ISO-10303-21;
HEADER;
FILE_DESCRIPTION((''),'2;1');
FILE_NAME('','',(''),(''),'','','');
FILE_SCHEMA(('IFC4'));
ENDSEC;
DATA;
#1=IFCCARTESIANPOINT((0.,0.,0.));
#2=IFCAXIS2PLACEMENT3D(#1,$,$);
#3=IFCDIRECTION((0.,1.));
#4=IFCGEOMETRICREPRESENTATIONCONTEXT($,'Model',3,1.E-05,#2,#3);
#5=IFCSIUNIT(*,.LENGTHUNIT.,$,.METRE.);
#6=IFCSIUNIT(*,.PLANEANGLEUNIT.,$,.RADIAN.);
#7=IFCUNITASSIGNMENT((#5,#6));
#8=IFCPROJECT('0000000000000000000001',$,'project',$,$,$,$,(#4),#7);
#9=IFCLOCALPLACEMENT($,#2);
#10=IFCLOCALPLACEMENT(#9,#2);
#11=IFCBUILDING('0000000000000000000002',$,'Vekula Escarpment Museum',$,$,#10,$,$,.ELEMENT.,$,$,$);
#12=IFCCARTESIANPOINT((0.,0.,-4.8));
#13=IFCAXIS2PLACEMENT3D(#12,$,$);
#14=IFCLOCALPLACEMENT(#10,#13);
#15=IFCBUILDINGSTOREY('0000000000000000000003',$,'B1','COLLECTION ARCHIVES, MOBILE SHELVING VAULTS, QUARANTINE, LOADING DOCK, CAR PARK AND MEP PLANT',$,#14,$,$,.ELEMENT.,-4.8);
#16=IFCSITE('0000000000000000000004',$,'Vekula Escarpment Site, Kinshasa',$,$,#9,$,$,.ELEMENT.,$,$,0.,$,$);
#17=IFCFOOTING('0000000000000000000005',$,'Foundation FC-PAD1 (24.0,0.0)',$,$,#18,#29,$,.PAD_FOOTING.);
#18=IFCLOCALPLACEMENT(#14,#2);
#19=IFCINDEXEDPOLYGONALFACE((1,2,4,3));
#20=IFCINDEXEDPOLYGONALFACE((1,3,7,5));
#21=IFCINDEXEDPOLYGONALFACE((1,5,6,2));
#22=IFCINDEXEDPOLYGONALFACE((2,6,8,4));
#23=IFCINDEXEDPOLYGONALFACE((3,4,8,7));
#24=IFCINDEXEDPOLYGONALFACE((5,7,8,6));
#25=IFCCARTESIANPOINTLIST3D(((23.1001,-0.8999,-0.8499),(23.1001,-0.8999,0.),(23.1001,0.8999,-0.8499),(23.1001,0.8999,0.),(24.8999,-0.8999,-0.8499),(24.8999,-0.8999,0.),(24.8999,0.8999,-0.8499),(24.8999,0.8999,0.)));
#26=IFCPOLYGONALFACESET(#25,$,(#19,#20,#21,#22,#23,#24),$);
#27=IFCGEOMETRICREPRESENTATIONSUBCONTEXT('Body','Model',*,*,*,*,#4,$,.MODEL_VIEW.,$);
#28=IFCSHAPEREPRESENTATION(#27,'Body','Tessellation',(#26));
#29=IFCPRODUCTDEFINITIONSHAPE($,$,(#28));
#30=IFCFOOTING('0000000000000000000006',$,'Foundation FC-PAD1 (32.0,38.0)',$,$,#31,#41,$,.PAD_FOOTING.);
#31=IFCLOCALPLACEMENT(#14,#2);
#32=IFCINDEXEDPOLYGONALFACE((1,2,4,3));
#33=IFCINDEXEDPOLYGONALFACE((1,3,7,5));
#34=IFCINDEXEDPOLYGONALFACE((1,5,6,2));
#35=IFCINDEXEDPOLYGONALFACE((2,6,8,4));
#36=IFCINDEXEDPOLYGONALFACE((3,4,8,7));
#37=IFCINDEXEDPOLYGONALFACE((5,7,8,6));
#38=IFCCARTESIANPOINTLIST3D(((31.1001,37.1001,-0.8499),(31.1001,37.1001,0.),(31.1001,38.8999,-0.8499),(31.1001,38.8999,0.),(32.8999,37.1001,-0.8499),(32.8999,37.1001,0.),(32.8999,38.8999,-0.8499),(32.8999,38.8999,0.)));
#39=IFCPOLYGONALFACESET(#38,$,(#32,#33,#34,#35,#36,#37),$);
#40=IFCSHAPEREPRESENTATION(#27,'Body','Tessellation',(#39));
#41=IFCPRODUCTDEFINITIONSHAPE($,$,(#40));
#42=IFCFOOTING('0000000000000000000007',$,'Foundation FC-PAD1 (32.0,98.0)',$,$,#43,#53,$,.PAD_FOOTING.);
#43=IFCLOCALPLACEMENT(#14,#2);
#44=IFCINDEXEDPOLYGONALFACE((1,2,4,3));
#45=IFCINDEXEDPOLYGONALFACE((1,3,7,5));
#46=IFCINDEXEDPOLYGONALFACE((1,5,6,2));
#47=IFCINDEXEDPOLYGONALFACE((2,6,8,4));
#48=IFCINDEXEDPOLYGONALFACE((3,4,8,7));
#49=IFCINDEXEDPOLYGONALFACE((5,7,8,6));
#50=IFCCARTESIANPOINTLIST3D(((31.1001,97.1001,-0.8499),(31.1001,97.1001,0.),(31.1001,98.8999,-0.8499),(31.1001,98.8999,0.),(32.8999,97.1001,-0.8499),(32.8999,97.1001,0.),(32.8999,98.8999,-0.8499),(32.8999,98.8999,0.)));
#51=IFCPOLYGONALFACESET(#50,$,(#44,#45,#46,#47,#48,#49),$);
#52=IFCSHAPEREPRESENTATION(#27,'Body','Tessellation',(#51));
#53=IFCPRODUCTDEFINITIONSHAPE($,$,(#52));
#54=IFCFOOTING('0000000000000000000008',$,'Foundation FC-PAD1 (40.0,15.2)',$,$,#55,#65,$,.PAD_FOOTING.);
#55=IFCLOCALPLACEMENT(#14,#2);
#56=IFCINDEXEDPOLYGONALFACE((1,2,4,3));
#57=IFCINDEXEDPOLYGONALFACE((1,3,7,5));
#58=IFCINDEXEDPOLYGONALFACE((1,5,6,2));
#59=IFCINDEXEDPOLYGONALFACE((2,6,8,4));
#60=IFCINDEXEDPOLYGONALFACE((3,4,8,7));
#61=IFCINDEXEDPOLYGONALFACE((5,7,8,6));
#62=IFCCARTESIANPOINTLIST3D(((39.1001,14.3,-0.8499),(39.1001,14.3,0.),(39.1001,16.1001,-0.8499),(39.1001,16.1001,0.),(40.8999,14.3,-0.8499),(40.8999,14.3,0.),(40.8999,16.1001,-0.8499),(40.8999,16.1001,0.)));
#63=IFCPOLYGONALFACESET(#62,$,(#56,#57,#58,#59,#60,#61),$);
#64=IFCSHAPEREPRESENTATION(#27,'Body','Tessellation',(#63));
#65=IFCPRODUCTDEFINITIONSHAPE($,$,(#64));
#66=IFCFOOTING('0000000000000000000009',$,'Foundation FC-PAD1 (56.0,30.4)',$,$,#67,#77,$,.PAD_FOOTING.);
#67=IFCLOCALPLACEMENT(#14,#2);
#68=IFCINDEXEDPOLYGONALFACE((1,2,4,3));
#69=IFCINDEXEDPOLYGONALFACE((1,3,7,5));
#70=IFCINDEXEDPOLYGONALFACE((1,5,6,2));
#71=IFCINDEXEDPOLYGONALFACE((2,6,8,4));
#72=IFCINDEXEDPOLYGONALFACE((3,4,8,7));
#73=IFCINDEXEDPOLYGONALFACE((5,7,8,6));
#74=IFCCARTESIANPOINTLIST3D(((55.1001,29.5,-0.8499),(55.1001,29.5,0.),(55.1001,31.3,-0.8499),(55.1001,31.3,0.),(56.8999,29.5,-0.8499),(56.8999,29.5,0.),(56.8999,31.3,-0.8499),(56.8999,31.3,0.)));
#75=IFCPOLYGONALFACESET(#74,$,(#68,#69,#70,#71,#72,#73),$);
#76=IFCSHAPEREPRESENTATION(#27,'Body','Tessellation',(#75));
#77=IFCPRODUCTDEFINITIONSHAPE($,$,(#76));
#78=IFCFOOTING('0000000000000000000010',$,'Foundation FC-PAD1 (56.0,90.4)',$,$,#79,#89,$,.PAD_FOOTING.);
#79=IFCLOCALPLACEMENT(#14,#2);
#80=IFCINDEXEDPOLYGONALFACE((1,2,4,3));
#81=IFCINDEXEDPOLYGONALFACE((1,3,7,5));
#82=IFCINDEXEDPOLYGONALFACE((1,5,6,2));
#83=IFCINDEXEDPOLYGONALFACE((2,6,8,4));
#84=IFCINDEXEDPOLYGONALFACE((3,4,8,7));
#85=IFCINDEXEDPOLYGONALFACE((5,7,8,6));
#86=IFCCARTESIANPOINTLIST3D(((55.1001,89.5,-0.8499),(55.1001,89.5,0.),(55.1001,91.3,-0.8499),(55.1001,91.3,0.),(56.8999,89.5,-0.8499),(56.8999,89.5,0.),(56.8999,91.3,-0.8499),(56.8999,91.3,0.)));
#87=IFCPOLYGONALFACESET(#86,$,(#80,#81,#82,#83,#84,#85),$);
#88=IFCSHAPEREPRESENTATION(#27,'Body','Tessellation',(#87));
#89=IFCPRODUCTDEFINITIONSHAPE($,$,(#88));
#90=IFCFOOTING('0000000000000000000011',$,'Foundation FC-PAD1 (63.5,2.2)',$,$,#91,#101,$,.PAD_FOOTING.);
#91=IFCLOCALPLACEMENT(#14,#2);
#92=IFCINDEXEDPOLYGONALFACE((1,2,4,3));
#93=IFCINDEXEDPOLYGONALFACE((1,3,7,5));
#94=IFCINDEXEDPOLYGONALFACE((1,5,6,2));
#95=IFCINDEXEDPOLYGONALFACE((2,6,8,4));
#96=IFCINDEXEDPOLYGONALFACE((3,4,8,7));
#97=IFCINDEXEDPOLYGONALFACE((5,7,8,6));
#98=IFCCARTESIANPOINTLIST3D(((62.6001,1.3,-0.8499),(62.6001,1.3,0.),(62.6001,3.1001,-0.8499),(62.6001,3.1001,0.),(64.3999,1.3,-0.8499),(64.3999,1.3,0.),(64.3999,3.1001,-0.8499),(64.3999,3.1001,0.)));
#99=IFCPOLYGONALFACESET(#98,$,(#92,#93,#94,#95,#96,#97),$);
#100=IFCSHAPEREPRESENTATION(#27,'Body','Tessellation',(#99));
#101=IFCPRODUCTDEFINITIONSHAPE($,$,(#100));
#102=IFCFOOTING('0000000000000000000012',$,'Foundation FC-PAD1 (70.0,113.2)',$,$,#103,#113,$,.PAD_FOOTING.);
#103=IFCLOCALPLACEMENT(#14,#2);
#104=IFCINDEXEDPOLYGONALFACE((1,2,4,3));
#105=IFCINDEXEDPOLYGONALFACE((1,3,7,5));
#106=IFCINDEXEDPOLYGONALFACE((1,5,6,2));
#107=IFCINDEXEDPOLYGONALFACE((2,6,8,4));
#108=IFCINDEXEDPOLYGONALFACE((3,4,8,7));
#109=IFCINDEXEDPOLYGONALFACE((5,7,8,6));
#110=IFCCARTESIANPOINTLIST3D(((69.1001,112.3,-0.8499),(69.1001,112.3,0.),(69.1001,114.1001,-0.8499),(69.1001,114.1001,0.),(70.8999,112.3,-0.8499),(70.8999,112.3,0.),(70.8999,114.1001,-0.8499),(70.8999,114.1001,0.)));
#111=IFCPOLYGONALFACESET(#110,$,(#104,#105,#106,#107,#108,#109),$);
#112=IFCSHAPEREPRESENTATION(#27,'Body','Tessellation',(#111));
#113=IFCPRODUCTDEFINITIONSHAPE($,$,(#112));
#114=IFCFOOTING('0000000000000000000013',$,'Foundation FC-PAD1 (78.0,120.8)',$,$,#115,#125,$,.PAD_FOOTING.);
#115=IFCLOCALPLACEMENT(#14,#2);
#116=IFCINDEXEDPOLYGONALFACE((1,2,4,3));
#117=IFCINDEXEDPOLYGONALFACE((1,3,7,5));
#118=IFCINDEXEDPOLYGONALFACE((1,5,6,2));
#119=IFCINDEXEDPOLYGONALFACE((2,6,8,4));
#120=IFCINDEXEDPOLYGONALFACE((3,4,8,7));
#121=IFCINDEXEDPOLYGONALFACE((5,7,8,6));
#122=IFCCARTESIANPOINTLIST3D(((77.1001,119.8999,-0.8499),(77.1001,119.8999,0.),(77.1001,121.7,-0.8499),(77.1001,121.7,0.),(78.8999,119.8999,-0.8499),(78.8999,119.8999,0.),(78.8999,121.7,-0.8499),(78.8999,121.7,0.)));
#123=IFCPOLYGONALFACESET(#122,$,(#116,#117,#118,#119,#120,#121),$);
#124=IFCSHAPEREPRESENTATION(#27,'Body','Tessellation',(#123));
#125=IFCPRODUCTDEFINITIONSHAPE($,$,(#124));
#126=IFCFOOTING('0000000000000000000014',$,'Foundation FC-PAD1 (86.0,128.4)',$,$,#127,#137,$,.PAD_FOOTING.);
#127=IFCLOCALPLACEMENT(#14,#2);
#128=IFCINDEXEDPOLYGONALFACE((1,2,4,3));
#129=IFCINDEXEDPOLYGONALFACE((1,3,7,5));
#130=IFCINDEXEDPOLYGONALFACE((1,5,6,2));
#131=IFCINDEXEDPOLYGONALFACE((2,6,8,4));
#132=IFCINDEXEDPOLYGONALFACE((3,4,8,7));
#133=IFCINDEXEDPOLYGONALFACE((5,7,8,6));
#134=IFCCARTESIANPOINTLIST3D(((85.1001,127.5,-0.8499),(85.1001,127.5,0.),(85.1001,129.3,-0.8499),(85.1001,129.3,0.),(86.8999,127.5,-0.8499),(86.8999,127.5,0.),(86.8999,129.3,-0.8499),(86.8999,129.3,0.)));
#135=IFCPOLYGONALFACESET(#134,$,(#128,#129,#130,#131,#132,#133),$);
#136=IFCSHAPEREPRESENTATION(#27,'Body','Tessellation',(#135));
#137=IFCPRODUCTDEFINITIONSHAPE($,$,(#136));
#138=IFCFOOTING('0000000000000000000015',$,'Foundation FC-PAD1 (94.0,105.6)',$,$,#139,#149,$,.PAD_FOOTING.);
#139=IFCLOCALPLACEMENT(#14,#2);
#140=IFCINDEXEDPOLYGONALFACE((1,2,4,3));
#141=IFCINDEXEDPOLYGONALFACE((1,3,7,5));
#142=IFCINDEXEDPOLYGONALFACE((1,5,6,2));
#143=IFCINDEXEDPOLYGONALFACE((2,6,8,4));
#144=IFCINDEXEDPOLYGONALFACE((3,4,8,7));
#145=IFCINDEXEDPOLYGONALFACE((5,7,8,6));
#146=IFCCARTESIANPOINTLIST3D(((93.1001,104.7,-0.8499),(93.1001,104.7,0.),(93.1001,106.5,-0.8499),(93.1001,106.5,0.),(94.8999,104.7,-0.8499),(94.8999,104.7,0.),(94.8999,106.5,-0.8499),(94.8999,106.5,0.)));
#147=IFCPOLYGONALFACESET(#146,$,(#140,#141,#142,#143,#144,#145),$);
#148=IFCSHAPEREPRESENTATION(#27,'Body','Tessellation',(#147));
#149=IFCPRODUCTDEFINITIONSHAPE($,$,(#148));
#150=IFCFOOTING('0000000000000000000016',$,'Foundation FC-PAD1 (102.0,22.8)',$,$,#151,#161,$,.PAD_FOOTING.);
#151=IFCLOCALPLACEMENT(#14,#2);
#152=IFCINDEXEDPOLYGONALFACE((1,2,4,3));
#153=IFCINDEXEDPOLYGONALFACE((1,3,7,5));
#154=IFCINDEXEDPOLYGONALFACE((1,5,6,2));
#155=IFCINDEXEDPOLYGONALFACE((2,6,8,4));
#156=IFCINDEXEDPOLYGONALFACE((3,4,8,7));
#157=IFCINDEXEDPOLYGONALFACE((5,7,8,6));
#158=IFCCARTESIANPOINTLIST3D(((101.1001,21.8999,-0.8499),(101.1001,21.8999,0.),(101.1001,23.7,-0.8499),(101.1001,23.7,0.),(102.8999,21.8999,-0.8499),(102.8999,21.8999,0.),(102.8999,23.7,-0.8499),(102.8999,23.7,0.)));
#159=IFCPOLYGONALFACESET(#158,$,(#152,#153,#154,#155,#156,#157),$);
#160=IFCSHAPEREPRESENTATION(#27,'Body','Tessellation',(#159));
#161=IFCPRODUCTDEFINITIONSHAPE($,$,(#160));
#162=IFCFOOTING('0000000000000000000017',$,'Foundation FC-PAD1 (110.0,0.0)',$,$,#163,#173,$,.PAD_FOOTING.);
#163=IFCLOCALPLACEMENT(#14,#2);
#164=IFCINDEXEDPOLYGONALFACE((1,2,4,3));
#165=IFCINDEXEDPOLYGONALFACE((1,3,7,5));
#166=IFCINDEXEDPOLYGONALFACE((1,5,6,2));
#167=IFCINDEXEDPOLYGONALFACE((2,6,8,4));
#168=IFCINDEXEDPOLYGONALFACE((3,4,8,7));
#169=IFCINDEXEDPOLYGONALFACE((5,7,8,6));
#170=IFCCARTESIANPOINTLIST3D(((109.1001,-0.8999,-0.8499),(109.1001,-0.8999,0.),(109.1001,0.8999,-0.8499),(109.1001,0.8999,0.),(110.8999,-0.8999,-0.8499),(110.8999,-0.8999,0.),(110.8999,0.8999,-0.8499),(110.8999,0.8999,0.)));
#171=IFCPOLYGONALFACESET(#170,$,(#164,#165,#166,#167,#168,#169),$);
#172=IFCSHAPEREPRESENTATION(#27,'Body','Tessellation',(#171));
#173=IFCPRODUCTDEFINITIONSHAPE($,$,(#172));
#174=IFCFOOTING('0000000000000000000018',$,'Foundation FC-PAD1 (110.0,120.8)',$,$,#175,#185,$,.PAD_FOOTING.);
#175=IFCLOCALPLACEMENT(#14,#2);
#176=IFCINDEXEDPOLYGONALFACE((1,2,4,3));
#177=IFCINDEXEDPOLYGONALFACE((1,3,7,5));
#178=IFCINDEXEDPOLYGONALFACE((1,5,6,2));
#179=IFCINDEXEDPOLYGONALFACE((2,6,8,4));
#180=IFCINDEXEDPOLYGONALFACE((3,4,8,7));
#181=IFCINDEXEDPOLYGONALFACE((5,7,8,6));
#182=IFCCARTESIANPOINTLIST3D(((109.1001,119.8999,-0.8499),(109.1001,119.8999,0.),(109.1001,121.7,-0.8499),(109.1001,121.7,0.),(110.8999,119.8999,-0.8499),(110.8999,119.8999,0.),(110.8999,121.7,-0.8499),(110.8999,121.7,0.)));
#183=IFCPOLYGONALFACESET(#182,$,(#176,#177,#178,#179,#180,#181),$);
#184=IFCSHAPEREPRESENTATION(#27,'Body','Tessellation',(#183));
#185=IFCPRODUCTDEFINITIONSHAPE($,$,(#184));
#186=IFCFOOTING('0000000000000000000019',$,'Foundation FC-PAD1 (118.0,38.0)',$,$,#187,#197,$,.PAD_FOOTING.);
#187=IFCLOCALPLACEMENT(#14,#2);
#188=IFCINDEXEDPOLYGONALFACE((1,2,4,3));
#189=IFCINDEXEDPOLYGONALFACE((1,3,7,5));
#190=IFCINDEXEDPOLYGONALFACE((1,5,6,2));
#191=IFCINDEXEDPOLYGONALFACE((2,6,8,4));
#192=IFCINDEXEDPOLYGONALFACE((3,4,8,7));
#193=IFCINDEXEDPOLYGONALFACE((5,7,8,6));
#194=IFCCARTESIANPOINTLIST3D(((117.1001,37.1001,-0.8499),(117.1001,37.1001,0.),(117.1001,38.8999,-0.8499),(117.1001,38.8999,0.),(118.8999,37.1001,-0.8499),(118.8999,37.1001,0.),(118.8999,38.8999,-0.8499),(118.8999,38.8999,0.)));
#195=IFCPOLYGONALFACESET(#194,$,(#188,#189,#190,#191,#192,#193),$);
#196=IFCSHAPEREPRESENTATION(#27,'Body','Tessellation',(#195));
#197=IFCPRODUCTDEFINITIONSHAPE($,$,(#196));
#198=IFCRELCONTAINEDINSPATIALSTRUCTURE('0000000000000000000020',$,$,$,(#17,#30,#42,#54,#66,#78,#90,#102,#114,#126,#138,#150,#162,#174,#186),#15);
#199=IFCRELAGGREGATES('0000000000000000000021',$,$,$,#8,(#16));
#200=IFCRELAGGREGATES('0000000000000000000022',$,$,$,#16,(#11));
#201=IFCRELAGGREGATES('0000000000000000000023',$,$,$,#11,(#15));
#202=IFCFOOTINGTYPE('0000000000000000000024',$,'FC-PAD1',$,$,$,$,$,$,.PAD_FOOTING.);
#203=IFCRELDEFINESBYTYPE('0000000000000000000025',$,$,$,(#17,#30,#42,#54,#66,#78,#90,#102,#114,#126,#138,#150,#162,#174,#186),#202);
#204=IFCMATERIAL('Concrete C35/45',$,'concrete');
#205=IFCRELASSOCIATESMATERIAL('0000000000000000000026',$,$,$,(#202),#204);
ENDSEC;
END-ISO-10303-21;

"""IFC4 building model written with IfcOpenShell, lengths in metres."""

from ifc_helpers import new_model, si_unit, direction, frame, origin, place, context, subcontext, project, spatial, polyline, outline, extrude, material, type_object, element, save


model = new_model("IFC4")

# Units and contexts
model_context = context("Model", 3, precision=1e-05, world=origin(), true_north=direction((0.0, 1.0)))
body_context = subcontext(model_context, "Body", "Model", "MODEL_VIEW")
ifc_project = project(units=[si_unit("LENGTHUNIT", "METRE"), si_unit("PLANEANGLEUNIT", "RADIAN")], contexts=[model_context])

# Site, building, storey
site_placement = place(None, origin())
site = spatial("IfcSite", under=ifc_project, at=site_placement, Name="Vekula Escarpment Site, Kinshasa", CompositionType="ELEMENT", RefElevation=0.0)
building_placement = place(site_placement, origin())
building = spatial("IfcBuilding", under=site, at=building_placement, Name="Vekula Escarpment Museum", CompositionType="ELEMENT")
storey_placement = place(building_placement, frame((0.0, 0.0, -4.8)))
storey = spatial("IfcBuildingStorey", under=building, at=storey_placement, Name="B1", Description="COLLECTION ARCHIVES, MOBILE SHELVING VAULTS, QUARANTINE, LOADING DOCK, CAR PARK AND MEP PLANT", CompositionType="ELEMENT", Elevation=-4.8)

# Footings
ifc_material = material(Name="Concrete C35/45", Category="concrete")
footing_type = type_object("IfcFootingType", Name="FC-PAD1", PredefinedType="PAD_FOOTING", material=ifc_material)
footing_1_placement = place(storey_placement, frame((0.0, 0.0, -0.8499)))
element("IfcFooting", 1, at=footing_1_placement, inside=storey, type_object=footing_type, Name="Foundation FC-PAD1 (24.0,0.0)", PredefinedType="PAD_FOOTING", context=body_context, shape_type="SweptSolid", body=[
    extrude(outline(polyline([(23.1001, -0.8999), (24.8999, -0.8999), (24.8999, 0.8999), (23.1001, 0.8999), (23.1001, -0.8999)])), origin(), (0.0, 0.0, 1.0), 0.8499),
])
footing_2_placement = place(storey_placement, frame((0.0, 0.0, -0.8499)))
element("IfcFooting", 2, at=footing_2_placement, inside=storey, type_object=footing_type, Name="Foundation FC-PAD1 (32.0,38.0)", PredefinedType="PAD_FOOTING", context=body_context, shape_type="SweptSolid", body=[
    extrude(outline(polyline([(31.1001, 37.1001), (32.8999, 37.1001), (32.8999, 38.8999), (31.1001, 38.8999), (31.1001, 37.1001)])), origin(), (0.0, 0.0, 1.0), 0.8499),
])
footing_3_placement = place(storey_placement, frame((0.0, 0.0, -0.8499)))
element("IfcFooting", 3, at=footing_3_placement, inside=storey, type_object=footing_type, Name="Foundation FC-PAD1 (32.0,98.0)", PredefinedType="PAD_FOOTING", context=body_context, shape_type="SweptSolid", body=[
    extrude(outline(polyline([(31.1001, 97.1001), (32.8999, 97.1001), (32.8999, 98.8999), (31.1001, 98.8999), (31.1001, 97.1001)])), origin(), (0.0, 0.0, 1.0), 0.8499),
])
footing_4_placement = place(storey_placement, frame((0.0, 0.0, -0.8499)))
element("IfcFooting", 4, at=footing_4_placement, inside=storey, type_object=footing_type, Name="Foundation FC-PAD1 (40.0,15.2)", PredefinedType="PAD_FOOTING", context=body_context, shape_type="SweptSolid", body=[
    extrude(outline(polyline([(39.1001, 14.3), (40.8999, 14.3), (40.8999, 16.1001), (39.1001, 16.1001), (39.1001, 14.3)])), origin(), (0.0, 0.0, 1.0), 0.8499),
])
footing_5_placement = place(storey_placement, frame((0.0, 0.0, -0.8499)))
element("IfcFooting", 5, at=footing_5_placement, inside=storey, type_object=footing_type, Name="Foundation FC-PAD1 (56.0,30.4)", PredefinedType="PAD_FOOTING", context=body_context, shape_type="SweptSolid", body=[
    extrude(outline(polyline([(55.1001, 29.5), (56.8999, 29.5), (56.8999, 31.3), (55.1001, 31.3), (55.1001, 29.5)])), origin(), (0.0, 0.0, 1.0), 0.8499),
])
footing_6_placement = place(storey_placement, frame((0.0, 0.0, -0.8499)))
element("IfcFooting", 6, at=footing_6_placement, inside=storey, type_object=footing_type, Name="Foundation FC-PAD1 (56.0,90.4)", PredefinedType="PAD_FOOTING", context=body_context, shape_type="SweptSolid", body=[
    extrude(outline(polyline([(55.1001, 89.5), (56.8999, 89.5), (56.8999, 91.3), (55.1001, 91.3), (55.1001, 89.5)])), origin(), (0.0, 0.0, 1.0), 0.8499),
])
footing_7_placement = place(storey_placement, frame((0.0, 0.0, -0.8499)))
element("IfcFooting", 7, at=footing_7_placement, inside=storey, type_object=footing_type, Name="Foundation FC-PAD1 (63.5,2.2)", PredefinedType="PAD_FOOTING", context=body_context, shape_type="SweptSolid", body=[
    extrude(outline(polyline([(62.6001, 1.3), (64.3999, 1.3), (64.3999, 3.1001), (62.6001, 3.1001), (62.6001, 1.3)])), origin(), (0.0, 0.0, 1.0), 0.8499),
])
footing_8_placement = place(storey_placement, frame((0.0, 0.0, -0.8499)))
element("IfcFooting", 8, at=footing_8_placement, inside=storey, type_object=footing_type, Name="Foundation FC-PAD1 (70.0,113.2)", PredefinedType="PAD_FOOTING", context=body_context, shape_type="SweptSolid", body=[
    extrude(outline(polyline([(69.1001, 112.3), (70.8999, 112.3), (70.8999, 114.1001), (69.1001, 114.1001), (69.1001, 112.3)])), origin(), (0.0, 0.0, 1.0), 0.8499),
])
footing_9_placement = place(storey_placement, frame((0.0, 0.0, -0.8499)))
element("IfcFooting", 9, at=footing_9_placement, inside=storey, type_object=footing_type, Name="Foundation FC-PAD1 (78.0,120.8)", PredefinedType="PAD_FOOTING", context=body_context, shape_type="SweptSolid", body=[
    extrude(outline(polyline([(77.1001, 119.8999), (78.8999, 119.8999), (78.8999, 121.7), (77.1001, 121.7), (77.1001, 119.8999)])), origin(), (0.0, 0.0, 1.0), 0.8499),
])
footing_10_placement = place(storey_placement, frame((0.0, 0.0, -0.8499)))
element("IfcFooting", 10, at=footing_10_placement, inside=storey, type_object=footing_type, Name="Foundation FC-PAD1 (86.0,128.4)", PredefinedType="PAD_FOOTING", context=body_context, shape_type="SweptSolid", body=[
    extrude(outline(polyline([(85.1001, 127.5), (86.8999, 127.5), (86.8999, 129.3), (85.1001, 129.3), (85.1001, 127.5)])), origin(), (0.0, 0.0, 1.0), 0.8499),
])
footing_11_placement = place(storey_placement, frame((0.0, 0.0, -0.8499)))
element("IfcFooting", 11, at=footing_11_placement, inside=storey, type_object=footing_type, Name="Foundation FC-PAD1 (94.0,105.6)", PredefinedType="PAD_FOOTING", context=body_context, shape_type="SweptSolid", body=[
    extrude(outline(polyline([(93.1001, 104.7), (94.8999, 104.7), (94.8999, 106.5), (93.1001, 106.5), (93.1001, 104.7)])), origin(), (0.0, 0.0, 1.0), 0.8499),
])
footing_12_placement = place(storey_placement, frame((0.0, 0.0, -0.8499)))
element("IfcFooting", 12, at=footing_12_placement, inside=storey, type_object=footing_type, Name="Foundation FC-PAD1 (102.0,22.8)", PredefinedType="PAD_FOOTING", context=body_context, shape_type="SweptSolid", body=[
    extrude(outline(polyline([(101.1001, 21.8999), (102.8999, 21.8999), (102.8999, 23.7), (101.1001, 23.7), (101.1001, 21.8999)])), origin(), (0.0, 0.0, 1.0), 0.8499),
])
footing_13_placement = place(storey_placement, frame((0.0, 0.0, -0.8499)))
element("IfcFooting", 13, at=footing_13_placement, inside=storey, type_object=footing_type, Name="Foundation FC-PAD1 (110.0,0.0)", PredefinedType="PAD_FOOTING", context=body_context, shape_type="SweptSolid", body=[
    extrude(outline(polyline([(109.1001, -0.8999), (110.8999, -0.8999), (110.8999, 0.8999), (109.1001, 0.8999), (109.1001, -0.8999)])), origin(), (0.0, 0.0, 1.0), 0.8499),
])
footing_14_placement = place(storey_placement, frame((0.0, 0.0, -0.8499)))
element("IfcFooting", 14, at=footing_14_placement, inside=storey, type_object=footing_type, Name="Foundation FC-PAD1 (110.0,120.8)", PredefinedType="PAD_FOOTING", context=body_context, shape_type="SweptSolid", body=[
    extrude(outline(polyline([(109.1001, 119.8999), (110.8999, 119.8999), (110.8999, 121.7), (109.1001, 121.7), (109.1001, 119.8999)])), origin(), (0.0, 0.0, 1.0), 0.8499),
])
footing_15_placement = place(storey_placement, frame((0.0, 0.0, -0.8499)))
element("IfcFooting", 15, at=footing_15_placement, inside=storey, type_object=footing_type, Name="Foundation FC-PAD1 (118.0,38.0)", PredefinedType="PAD_FOOTING", context=body_context, shape_type="SweptSolid", body=[
    extrude(outline(polyline([(117.1001, 37.1001), (118.8999, 37.1001), (118.8999, 38.8999), (117.1001, 38.8999), (117.1001, 37.1001)])), origin(), (0.0, 0.0, 1.0), 0.8499),
])

save(model, "model.ifc")
